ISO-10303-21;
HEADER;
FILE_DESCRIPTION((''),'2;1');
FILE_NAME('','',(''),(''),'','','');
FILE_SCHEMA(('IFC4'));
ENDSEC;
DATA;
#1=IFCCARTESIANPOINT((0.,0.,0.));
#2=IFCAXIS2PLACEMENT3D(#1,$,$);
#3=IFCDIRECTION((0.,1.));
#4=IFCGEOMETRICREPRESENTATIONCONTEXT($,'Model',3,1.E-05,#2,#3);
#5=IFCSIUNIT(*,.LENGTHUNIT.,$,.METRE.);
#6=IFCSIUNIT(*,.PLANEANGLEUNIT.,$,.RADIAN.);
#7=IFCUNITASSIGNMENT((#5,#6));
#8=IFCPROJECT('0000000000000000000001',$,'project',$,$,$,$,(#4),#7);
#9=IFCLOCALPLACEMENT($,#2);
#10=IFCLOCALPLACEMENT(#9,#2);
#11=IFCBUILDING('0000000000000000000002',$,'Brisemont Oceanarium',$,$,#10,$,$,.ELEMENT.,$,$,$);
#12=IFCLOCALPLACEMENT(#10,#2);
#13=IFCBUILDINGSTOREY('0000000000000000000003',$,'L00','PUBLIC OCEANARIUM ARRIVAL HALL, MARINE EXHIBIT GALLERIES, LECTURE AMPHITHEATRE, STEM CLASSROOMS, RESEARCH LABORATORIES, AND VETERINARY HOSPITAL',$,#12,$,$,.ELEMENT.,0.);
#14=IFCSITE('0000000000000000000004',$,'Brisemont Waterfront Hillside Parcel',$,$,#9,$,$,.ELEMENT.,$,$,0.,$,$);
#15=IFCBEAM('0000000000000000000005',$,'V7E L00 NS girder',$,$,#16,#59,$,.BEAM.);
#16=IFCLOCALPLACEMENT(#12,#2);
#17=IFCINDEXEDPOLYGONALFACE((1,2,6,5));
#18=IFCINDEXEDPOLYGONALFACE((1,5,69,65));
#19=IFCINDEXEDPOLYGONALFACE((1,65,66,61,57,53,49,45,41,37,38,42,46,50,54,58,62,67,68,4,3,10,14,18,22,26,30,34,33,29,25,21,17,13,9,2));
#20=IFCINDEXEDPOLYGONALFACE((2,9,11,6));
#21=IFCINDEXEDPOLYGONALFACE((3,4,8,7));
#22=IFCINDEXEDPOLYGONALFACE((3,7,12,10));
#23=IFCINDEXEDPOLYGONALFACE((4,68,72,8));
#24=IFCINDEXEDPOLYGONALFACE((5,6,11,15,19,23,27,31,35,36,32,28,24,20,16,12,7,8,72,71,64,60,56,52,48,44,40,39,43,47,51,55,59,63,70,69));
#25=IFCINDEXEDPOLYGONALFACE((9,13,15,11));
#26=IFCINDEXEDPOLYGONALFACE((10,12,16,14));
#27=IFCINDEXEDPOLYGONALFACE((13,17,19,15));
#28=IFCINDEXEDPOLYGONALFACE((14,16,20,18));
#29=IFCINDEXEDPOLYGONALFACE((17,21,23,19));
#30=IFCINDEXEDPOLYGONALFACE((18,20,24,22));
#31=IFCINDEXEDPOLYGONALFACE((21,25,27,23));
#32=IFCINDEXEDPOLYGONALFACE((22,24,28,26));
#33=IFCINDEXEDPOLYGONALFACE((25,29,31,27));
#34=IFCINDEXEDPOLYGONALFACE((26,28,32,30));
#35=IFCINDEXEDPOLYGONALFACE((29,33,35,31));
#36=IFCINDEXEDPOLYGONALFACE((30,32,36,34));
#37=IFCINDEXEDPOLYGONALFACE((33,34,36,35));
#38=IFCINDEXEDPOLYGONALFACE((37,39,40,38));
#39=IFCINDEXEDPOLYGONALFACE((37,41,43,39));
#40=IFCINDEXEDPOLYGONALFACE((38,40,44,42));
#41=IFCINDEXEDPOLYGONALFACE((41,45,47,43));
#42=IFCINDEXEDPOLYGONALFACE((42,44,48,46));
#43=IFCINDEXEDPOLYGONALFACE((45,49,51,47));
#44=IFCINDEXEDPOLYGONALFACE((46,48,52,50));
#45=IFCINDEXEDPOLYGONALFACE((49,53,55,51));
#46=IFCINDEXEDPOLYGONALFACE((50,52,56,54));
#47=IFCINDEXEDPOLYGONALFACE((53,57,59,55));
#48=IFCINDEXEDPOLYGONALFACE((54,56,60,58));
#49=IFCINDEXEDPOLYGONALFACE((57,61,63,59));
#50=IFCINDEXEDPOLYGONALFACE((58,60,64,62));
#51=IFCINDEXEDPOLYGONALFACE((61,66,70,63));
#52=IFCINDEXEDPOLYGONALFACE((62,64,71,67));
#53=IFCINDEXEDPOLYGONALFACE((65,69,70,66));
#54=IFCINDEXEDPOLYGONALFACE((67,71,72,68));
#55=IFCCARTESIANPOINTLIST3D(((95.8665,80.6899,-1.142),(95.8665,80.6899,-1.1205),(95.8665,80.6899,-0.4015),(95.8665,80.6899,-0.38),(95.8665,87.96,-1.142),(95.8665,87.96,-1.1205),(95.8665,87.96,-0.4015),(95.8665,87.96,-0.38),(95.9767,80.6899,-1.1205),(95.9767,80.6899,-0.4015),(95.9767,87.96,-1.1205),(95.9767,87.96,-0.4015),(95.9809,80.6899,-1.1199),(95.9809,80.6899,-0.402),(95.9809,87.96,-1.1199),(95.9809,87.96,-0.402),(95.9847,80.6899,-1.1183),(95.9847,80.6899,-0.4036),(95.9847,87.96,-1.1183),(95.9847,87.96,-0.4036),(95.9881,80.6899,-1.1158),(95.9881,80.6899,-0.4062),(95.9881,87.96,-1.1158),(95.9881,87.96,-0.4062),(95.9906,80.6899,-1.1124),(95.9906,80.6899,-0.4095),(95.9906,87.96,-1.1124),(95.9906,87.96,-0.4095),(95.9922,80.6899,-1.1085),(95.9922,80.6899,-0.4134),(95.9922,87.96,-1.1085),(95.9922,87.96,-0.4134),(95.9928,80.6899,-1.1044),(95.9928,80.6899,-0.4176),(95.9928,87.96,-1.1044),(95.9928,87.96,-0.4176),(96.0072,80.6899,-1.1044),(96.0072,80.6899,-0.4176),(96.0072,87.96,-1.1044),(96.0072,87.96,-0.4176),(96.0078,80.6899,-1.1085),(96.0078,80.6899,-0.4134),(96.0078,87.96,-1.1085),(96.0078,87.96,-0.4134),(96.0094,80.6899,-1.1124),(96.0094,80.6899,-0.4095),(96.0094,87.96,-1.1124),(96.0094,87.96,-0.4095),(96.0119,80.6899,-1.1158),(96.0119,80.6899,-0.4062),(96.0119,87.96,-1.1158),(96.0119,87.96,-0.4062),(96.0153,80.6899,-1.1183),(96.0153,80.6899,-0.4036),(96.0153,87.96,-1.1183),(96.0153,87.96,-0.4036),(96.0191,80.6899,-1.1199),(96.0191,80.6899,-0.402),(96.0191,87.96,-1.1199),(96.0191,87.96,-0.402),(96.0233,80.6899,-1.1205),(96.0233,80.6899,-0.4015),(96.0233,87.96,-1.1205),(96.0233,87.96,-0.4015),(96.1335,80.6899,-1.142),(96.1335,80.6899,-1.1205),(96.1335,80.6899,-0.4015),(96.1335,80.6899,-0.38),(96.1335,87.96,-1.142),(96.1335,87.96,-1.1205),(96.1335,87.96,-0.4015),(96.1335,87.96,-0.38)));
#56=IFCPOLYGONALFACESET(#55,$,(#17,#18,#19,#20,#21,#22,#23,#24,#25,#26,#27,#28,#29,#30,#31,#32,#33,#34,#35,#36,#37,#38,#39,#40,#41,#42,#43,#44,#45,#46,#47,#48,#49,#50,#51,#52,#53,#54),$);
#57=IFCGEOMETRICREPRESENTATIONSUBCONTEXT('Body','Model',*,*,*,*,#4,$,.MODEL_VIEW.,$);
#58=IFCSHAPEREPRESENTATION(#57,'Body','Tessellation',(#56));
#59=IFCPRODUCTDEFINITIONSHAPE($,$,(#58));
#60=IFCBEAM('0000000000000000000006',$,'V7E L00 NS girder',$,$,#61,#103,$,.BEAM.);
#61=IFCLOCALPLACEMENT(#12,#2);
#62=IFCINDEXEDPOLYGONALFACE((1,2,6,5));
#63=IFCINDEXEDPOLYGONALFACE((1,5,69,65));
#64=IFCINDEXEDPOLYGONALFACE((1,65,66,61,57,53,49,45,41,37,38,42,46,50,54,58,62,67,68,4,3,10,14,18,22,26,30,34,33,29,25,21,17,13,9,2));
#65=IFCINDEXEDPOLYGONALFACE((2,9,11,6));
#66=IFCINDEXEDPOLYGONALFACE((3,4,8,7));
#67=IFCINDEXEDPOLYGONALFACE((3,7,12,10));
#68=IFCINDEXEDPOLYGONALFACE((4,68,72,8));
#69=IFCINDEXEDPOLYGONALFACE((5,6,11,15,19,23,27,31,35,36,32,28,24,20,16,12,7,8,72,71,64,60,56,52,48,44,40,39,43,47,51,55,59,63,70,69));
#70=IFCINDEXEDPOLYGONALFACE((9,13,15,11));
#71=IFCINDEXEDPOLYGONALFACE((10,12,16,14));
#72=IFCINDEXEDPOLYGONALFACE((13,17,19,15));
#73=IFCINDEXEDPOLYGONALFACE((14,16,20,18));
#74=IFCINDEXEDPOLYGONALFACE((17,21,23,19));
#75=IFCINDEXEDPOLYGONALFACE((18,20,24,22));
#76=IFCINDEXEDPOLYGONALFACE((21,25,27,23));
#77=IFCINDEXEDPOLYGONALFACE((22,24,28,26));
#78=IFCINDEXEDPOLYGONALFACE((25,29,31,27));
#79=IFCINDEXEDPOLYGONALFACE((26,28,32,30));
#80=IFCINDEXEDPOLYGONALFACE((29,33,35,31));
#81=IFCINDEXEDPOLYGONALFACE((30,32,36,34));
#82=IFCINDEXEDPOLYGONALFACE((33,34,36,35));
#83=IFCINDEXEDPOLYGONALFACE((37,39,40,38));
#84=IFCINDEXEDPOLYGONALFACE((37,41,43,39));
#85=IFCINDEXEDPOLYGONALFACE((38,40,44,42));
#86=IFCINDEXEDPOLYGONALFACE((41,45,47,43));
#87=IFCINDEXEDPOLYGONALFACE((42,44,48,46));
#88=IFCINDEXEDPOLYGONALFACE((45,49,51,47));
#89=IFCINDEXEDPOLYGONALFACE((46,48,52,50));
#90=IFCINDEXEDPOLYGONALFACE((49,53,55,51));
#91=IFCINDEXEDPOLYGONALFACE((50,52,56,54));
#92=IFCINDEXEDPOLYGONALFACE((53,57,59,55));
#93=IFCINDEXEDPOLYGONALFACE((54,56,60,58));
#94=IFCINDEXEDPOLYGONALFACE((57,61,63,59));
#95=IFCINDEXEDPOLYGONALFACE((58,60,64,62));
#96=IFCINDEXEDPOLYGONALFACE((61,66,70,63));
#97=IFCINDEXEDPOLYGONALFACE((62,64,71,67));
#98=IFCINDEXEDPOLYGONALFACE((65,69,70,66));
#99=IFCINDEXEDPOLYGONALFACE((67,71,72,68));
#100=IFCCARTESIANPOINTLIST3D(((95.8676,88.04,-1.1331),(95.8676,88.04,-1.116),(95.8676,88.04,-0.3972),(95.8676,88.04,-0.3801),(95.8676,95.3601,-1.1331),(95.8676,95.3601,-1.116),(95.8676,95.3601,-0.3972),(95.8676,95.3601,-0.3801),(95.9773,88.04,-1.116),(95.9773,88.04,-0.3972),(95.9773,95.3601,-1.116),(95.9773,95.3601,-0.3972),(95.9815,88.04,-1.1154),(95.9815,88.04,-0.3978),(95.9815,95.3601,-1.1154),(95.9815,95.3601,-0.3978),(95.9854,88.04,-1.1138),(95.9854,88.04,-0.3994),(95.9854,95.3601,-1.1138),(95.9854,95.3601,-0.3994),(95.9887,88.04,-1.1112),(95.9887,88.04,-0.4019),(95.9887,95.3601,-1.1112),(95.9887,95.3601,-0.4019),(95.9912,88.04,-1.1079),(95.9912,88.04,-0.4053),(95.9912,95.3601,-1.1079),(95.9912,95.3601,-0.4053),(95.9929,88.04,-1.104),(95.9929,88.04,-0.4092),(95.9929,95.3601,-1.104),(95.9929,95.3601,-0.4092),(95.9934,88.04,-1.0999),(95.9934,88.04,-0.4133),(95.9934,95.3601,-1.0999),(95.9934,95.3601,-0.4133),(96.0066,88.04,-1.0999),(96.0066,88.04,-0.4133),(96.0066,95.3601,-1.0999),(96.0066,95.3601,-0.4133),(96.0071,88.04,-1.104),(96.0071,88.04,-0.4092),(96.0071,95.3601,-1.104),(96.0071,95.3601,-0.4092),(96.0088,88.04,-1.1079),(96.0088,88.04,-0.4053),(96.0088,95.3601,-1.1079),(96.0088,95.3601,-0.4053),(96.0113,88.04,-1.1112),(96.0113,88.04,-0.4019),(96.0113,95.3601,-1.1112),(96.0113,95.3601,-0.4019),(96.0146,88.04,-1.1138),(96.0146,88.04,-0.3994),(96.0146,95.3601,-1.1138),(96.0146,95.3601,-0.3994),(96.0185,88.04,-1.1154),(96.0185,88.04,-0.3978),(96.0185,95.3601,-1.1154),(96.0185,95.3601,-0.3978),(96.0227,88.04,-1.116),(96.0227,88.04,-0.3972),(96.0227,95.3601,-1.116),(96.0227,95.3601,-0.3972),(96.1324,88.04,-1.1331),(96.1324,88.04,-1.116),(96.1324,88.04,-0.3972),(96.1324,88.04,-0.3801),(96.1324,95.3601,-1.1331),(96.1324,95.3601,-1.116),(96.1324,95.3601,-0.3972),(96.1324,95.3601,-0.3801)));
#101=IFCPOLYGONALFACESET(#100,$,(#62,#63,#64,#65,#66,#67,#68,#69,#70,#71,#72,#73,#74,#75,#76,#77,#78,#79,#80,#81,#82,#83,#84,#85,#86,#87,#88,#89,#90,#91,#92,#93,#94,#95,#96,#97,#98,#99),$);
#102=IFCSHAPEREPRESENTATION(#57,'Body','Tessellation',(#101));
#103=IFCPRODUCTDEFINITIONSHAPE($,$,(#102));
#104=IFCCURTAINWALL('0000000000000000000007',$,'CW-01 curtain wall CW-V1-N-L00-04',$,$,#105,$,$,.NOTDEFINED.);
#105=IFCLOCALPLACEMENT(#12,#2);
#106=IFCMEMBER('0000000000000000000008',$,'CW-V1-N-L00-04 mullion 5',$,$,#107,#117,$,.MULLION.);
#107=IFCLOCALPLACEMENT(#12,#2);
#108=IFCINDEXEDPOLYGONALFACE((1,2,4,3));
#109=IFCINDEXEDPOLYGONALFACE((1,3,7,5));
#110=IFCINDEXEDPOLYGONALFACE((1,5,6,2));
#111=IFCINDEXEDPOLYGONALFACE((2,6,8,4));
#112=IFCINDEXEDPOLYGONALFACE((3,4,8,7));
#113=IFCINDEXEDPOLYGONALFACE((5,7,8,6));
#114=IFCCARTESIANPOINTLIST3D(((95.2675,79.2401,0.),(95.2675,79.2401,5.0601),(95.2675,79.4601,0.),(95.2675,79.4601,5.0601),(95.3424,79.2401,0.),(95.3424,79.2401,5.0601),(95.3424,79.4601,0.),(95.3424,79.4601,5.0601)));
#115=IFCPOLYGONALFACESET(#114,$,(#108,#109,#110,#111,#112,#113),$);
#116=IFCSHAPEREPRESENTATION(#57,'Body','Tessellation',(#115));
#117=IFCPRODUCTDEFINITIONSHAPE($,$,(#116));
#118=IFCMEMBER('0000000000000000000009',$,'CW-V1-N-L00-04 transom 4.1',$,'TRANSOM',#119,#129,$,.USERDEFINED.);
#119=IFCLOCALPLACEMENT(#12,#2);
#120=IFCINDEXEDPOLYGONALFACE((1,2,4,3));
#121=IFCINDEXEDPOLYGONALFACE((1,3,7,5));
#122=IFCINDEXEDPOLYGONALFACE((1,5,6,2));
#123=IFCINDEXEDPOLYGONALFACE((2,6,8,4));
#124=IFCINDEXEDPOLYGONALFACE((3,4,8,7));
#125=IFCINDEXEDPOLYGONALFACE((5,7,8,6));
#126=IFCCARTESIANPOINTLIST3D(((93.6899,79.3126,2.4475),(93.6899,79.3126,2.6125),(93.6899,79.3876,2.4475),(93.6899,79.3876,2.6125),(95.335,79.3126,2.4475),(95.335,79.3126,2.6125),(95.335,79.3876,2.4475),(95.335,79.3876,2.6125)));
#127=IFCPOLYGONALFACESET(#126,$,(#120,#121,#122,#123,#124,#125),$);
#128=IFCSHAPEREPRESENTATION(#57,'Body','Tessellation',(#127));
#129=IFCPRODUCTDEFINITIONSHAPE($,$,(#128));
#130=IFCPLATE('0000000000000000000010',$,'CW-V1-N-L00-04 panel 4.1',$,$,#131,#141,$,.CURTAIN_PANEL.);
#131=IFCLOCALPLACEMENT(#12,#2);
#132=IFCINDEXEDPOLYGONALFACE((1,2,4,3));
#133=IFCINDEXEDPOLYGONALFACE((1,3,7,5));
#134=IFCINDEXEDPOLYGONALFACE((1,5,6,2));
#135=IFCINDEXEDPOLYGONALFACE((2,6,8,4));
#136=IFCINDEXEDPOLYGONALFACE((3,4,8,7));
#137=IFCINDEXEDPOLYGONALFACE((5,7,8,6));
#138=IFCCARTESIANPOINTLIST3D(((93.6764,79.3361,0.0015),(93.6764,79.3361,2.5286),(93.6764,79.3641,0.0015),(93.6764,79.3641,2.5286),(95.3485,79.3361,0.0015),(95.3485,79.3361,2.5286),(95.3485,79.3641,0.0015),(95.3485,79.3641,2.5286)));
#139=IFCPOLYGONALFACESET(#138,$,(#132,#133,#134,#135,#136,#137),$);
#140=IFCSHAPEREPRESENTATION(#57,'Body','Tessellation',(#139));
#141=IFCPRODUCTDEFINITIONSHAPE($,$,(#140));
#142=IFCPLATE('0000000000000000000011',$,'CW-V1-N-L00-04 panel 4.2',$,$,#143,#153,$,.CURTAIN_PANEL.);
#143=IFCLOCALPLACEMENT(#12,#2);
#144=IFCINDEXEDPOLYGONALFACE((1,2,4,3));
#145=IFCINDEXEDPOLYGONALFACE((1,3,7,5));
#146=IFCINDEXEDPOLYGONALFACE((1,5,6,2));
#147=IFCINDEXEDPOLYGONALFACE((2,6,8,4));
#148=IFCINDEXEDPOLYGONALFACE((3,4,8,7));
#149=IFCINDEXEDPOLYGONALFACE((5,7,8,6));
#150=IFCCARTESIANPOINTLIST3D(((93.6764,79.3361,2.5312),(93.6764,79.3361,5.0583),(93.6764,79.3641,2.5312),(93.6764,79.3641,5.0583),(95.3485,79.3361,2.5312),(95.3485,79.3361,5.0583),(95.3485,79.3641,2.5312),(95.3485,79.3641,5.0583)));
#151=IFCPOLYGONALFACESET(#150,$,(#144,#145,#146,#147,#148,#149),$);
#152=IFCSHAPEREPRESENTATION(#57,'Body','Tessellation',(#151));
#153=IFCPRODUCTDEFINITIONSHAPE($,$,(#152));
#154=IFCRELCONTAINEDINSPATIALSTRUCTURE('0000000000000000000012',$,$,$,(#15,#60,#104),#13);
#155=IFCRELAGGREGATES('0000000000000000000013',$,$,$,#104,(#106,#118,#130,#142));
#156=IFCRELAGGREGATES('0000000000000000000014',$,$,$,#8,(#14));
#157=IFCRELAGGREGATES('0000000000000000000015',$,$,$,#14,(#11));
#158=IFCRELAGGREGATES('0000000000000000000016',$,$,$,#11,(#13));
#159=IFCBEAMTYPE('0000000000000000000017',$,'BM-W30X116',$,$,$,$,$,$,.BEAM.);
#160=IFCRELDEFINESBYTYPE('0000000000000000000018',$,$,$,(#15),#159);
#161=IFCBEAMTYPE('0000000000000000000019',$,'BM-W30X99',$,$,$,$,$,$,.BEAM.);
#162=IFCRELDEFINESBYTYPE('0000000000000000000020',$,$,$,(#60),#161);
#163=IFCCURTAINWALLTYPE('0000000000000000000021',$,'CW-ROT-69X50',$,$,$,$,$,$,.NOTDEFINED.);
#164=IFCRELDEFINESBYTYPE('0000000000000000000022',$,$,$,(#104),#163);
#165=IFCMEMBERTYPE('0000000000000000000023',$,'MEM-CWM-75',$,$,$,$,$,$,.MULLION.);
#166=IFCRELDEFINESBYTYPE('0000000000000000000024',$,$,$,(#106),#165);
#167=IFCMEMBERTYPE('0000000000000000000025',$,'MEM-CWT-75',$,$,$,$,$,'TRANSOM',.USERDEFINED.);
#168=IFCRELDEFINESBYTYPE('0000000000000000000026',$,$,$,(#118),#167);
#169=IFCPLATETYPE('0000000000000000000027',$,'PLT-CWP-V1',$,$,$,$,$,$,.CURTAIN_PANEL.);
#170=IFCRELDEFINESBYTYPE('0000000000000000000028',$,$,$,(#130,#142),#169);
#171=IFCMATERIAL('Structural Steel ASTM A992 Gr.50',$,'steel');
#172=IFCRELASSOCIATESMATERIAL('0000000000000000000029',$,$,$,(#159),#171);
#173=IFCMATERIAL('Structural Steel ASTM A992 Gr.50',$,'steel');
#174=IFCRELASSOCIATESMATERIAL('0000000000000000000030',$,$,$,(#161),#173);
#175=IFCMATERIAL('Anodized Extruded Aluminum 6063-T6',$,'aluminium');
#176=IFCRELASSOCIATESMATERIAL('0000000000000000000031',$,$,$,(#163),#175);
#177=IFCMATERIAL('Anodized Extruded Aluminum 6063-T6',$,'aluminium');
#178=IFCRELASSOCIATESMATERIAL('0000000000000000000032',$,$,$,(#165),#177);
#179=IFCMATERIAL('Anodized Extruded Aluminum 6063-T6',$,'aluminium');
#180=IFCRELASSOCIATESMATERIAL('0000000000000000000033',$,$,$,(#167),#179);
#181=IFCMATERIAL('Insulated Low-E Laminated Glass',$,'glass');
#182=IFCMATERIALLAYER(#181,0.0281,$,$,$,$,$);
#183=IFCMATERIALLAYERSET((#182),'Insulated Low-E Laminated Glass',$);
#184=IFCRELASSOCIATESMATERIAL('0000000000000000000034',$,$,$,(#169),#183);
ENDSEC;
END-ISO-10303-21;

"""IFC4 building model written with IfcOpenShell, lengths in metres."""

from ifc_helpers import new_model, si_unit, direction, frame, origin, origin_2d, place, context, subcontext, project, spatial, rectangle, i_section, extrude, material, layer, layer_set, material_profile, profile_set, type_object, element, aggregate, save


model = new_model("IFC4")

# Units and contexts
model_context = context("Model", 3, precision=1e-05, world=origin(), true_north=direction((0.0, 1.0)))
body_context = subcontext(model_context, "Body", "Model", "MODEL_VIEW")
ifc_project = project(units=[si_unit("LENGTHUNIT", "METRE"), si_unit("PLANEANGLEUNIT", "RADIAN")], contexts=[model_context])

# Site, building, storey
site_placement = place(None, origin())
site = spatial("IfcSite", under=ifc_project, at=site_placement, Name="Brisemont Waterfront Hillside Parcel", CompositionType="ELEMENT", RefElevation=0.0)
building_placement = place(site_placement, origin())
building = spatial("IfcBuilding", under=site, at=building_placement, Name="Brisemont Oceanarium", CompositionType="ELEMENT")
storey_placement = place(building_placement, origin())
storey = spatial("IfcBuildingStorey", under=building, at=storey_placement, Name="L00", Description="PUBLIC OCEANARIUM ARRIVAL HALL, MARINE EXHIBIT GALLERIES, LECTURE AMPHITHEATRE, STEM CLASSROOMS, RESEARCH LABORATORIES, AND VETERINARY HOSPITAL", CompositionType="ELEMENT", Elevation=0.0)

# Beams
ifc_material_1 = material(Name="Structural Steel ASTM A992 Gr.50", Category="steel")
ifc_material_profile_1 = material_profile(ifc_material_1, i_section(OverallWidth=0.2671, OverallDepth=0.762, WebThickness=0.0144, FlangeThickness=0.0215, FilletRadius=0.0161, at=origin_2d()), Name="W30X116")
ifc_profile_set_1 = profile_set([ifc_material_profile_1], Name="Structural Steel ASTM A992 Gr.50")
beam_type_1 = type_object("IfcBeamType", Name="BM-W30X116", PredefinedType="BEAM", material=ifc_profile_set_1)
beam_1_placement = place(storey_placement, frame((96.0, 80.6899, -0.761), z_axis=(0.0, 1.0, 0.0), x_axis=(-1.0, 0.0, 0.0)))
element("IfcBeam", 1, at=beam_1_placement, inside=storey, type_object=beam_type_1, Name="V7E L00 NS girder", PredefinedType="BEAM", context=body_context, shape_type="SweptSolid", body=[
    extrude(i_section(OverallWidth=0.2671, OverallDepth=0.762, WebThickness=0.0144, FlangeThickness=0.0215, FilletRadius=0.0161, at=origin_2d()), origin(), (0.0, 0.0, 1.0), 7.27),
])
ifc_material_2 = material(Name="Structural Steel ASTM A992 Gr.50", Category="steel")
ifc_material_profile_2 = material_profile(ifc_material_2, i_section(OverallWidth=0.2649, OverallDepth=0.7529, WebThickness=0.0132, FlangeThickness=0.0171, FilletRadius=0.0161, at=origin_2d()), Name="W30X99")
ifc_profile_set_2 = profile_set([ifc_material_profile_2], Name="Structural Steel ASTM A992 Gr.50")
beam_type_2 = type_object("IfcBeamType", Name="BM-W30X99", PredefinedType="BEAM", material=ifc_profile_set_2)
beam_2_placement = place(storey_placement, frame((96.0, 88.04, -0.7566), z_axis=(0.0, 1.0, 0.0), x_axis=(-1.0, 0.0, 0.0)))
element("IfcBeam", 2, at=beam_2_placement, inside=storey, type_object=beam_type_2, Name="V7E L00 NS girder", PredefinedType="BEAM", context=body_context, shape_type="SweptSolid", body=[
    extrude(i_section(OverallWidth=0.2649, OverallDepth=0.7529, WebThickness=0.0132, FlangeThickness=0.0171, FilletRadius=0.0161, at=origin_2d()), origin(), (0.0, 0.0, 1.0), 7.3201),
])

# Curtain wall, members, plates
ifc_material_3 = material(Name="Anodized Extruded Aluminum 6063-T6", Category="aluminium")
curtain_wall_type = type_object("IfcCurtainWallType", Name="CW-ROT-69X50", PredefinedType="NOTDEFINED", material=ifc_material_3)
curtain_wall_placement = place(storey_placement, origin())
curtain_wall = element("IfcCurtainWall", 3, at=curtain_wall_placement, inside=storey, type_object=curtain_wall_type, Name="CW-01 curtain wall CW-V1-N-L00-04", PredefinedType="NOTDEFINED")
ifc_material_4 = material(Name="Anodized Extruded Aluminum 6063-T6", Category="aluminium")
ifc_material_profile_3 = material_profile(ifc_material_4, rectangle(XDim=0.075, YDim=0.22, at=origin_2d()), Name="CWM-75X220")
ifc_profile_set_3 = profile_set([ifc_material_profile_3], Name="Anodized Extruded Aluminum 6063-T6")
member_type_1 = type_object("IfcMemberType", Name="MEM-CWM-75", PredefinedType="MULLION", material=ifc_profile_set_3)
member_1_placement = place(storey_placement, frame((95.3049, 79.3501, 0.0), z_axis=(0.0, 0.0, 1.0), x_axis=(1.0, 0.0, 0.0)))
member_1 = element("IfcMember", 4, at=member_1_placement, type_object=member_type_1, Name="CW-V1-N-L00-04 mullion 5", PredefinedType="MULLION", context=body_context, shape_type="SweptSolid", body=[
    extrude(rectangle(XDim=0.075, YDim=0.22, at=origin_2d()), origin(), (0.0, 0.0, 1.0), 5.0601),
])
ifc_material_5 = material(Name="Anodized Extruded Aluminum 6063-T6", Category="aluminium")
ifc_material_profile_4 = material_profile(ifc_material_5, rectangle(XDim=0.075, YDim=0.165, at=origin_2d()), Name="CWT-75X165")
ifc_profile_set_4 = profile_set([ifc_material_profile_4], Name="Anodized Extruded Aluminum 6063-T6")
member_type_2 = type_object("IfcMemberType", Name="MEM-CWT-75", ElementType="TRANSOM", PredefinedType="USERDEFINED", material=ifc_profile_set_4)
member_2_placement = place(storey_placement, frame((93.6899, 79.3501, 2.53), z_axis=(1.0, 0.0, 0.0), x_axis=(0.0, 1.0, 0.0)))
member_2 = element("IfcMember", 5, at=member_2_placement, type_object=member_type_2, Name="CW-V1-N-L00-04 transom 4.1", ObjectType="TRANSOM", PredefinedType="USERDEFINED", context=body_context, shape_type="SweptSolid", body=[
    extrude(rectangle(XDim=0.075, YDim=0.165, at=origin_2d()), origin(), (0.0, 0.0, 1.0), 1.645),
])
ifc_material_6 = material(Name="Insulated Low-E Laminated Glass", Category="glass")
ifc_layer_1 = layer(ifc_material_6, 0.0281)
ifc_layer_set_1 = layer_set([ifc_layer_1], Name="Insulated Low-E Laminated Glass")
plate_type = type_object("IfcPlateType", Name="PLT-CWP-V1", PredefinedType="CURTAIN_PANEL", material=ifc_layer_set_1)
plate_1_placement = place(storey_placement, frame((94.5125, 79.3501, 0.0015), z_axis=(0.0, 0.0, 1.0), x_axis=(1.0, 0.0, 0.0)))
plate_1 = element("IfcPlate", 6, at=plate_1_placement, type_object=plate_type, Name="CW-V1-N-L00-04 panel 4.1", PredefinedType="CURTAIN_PANEL", context=body_context, shape_type="SweptSolid", body=[
    extrude(rectangle(XDim=1.6721, YDim=0.0281, at=origin_2d()), origin(), (0.0, 0.0, 1.0), 2.5271),
])
plate_2_placement = place(storey_placement, frame((94.5125, 79.3501, 2.5312), z_axis=(0.0, 0.0, 1.0), x_axis=(1.0, 0.0, 0.0)))
plate_2 = element("IfcPlate", 7, at=plate_2_placement, type_object=plate_type, Name="CW-V1-N-L00-04 panel 4.2", PredefinedType="CURTAIN_PANEL", context=body_context, shape_type="SweptSolid", body=[
    extrude(rectangle(XDim=1.6721, YDim=0.0281, at=origin_2d()), origin(), (0.0, 0.0, 1.0), 2.5271),
])
aggregate(curtain_wall, [member_1, member_2, plate_1, plate_2])

save(model, "model.ifc")
